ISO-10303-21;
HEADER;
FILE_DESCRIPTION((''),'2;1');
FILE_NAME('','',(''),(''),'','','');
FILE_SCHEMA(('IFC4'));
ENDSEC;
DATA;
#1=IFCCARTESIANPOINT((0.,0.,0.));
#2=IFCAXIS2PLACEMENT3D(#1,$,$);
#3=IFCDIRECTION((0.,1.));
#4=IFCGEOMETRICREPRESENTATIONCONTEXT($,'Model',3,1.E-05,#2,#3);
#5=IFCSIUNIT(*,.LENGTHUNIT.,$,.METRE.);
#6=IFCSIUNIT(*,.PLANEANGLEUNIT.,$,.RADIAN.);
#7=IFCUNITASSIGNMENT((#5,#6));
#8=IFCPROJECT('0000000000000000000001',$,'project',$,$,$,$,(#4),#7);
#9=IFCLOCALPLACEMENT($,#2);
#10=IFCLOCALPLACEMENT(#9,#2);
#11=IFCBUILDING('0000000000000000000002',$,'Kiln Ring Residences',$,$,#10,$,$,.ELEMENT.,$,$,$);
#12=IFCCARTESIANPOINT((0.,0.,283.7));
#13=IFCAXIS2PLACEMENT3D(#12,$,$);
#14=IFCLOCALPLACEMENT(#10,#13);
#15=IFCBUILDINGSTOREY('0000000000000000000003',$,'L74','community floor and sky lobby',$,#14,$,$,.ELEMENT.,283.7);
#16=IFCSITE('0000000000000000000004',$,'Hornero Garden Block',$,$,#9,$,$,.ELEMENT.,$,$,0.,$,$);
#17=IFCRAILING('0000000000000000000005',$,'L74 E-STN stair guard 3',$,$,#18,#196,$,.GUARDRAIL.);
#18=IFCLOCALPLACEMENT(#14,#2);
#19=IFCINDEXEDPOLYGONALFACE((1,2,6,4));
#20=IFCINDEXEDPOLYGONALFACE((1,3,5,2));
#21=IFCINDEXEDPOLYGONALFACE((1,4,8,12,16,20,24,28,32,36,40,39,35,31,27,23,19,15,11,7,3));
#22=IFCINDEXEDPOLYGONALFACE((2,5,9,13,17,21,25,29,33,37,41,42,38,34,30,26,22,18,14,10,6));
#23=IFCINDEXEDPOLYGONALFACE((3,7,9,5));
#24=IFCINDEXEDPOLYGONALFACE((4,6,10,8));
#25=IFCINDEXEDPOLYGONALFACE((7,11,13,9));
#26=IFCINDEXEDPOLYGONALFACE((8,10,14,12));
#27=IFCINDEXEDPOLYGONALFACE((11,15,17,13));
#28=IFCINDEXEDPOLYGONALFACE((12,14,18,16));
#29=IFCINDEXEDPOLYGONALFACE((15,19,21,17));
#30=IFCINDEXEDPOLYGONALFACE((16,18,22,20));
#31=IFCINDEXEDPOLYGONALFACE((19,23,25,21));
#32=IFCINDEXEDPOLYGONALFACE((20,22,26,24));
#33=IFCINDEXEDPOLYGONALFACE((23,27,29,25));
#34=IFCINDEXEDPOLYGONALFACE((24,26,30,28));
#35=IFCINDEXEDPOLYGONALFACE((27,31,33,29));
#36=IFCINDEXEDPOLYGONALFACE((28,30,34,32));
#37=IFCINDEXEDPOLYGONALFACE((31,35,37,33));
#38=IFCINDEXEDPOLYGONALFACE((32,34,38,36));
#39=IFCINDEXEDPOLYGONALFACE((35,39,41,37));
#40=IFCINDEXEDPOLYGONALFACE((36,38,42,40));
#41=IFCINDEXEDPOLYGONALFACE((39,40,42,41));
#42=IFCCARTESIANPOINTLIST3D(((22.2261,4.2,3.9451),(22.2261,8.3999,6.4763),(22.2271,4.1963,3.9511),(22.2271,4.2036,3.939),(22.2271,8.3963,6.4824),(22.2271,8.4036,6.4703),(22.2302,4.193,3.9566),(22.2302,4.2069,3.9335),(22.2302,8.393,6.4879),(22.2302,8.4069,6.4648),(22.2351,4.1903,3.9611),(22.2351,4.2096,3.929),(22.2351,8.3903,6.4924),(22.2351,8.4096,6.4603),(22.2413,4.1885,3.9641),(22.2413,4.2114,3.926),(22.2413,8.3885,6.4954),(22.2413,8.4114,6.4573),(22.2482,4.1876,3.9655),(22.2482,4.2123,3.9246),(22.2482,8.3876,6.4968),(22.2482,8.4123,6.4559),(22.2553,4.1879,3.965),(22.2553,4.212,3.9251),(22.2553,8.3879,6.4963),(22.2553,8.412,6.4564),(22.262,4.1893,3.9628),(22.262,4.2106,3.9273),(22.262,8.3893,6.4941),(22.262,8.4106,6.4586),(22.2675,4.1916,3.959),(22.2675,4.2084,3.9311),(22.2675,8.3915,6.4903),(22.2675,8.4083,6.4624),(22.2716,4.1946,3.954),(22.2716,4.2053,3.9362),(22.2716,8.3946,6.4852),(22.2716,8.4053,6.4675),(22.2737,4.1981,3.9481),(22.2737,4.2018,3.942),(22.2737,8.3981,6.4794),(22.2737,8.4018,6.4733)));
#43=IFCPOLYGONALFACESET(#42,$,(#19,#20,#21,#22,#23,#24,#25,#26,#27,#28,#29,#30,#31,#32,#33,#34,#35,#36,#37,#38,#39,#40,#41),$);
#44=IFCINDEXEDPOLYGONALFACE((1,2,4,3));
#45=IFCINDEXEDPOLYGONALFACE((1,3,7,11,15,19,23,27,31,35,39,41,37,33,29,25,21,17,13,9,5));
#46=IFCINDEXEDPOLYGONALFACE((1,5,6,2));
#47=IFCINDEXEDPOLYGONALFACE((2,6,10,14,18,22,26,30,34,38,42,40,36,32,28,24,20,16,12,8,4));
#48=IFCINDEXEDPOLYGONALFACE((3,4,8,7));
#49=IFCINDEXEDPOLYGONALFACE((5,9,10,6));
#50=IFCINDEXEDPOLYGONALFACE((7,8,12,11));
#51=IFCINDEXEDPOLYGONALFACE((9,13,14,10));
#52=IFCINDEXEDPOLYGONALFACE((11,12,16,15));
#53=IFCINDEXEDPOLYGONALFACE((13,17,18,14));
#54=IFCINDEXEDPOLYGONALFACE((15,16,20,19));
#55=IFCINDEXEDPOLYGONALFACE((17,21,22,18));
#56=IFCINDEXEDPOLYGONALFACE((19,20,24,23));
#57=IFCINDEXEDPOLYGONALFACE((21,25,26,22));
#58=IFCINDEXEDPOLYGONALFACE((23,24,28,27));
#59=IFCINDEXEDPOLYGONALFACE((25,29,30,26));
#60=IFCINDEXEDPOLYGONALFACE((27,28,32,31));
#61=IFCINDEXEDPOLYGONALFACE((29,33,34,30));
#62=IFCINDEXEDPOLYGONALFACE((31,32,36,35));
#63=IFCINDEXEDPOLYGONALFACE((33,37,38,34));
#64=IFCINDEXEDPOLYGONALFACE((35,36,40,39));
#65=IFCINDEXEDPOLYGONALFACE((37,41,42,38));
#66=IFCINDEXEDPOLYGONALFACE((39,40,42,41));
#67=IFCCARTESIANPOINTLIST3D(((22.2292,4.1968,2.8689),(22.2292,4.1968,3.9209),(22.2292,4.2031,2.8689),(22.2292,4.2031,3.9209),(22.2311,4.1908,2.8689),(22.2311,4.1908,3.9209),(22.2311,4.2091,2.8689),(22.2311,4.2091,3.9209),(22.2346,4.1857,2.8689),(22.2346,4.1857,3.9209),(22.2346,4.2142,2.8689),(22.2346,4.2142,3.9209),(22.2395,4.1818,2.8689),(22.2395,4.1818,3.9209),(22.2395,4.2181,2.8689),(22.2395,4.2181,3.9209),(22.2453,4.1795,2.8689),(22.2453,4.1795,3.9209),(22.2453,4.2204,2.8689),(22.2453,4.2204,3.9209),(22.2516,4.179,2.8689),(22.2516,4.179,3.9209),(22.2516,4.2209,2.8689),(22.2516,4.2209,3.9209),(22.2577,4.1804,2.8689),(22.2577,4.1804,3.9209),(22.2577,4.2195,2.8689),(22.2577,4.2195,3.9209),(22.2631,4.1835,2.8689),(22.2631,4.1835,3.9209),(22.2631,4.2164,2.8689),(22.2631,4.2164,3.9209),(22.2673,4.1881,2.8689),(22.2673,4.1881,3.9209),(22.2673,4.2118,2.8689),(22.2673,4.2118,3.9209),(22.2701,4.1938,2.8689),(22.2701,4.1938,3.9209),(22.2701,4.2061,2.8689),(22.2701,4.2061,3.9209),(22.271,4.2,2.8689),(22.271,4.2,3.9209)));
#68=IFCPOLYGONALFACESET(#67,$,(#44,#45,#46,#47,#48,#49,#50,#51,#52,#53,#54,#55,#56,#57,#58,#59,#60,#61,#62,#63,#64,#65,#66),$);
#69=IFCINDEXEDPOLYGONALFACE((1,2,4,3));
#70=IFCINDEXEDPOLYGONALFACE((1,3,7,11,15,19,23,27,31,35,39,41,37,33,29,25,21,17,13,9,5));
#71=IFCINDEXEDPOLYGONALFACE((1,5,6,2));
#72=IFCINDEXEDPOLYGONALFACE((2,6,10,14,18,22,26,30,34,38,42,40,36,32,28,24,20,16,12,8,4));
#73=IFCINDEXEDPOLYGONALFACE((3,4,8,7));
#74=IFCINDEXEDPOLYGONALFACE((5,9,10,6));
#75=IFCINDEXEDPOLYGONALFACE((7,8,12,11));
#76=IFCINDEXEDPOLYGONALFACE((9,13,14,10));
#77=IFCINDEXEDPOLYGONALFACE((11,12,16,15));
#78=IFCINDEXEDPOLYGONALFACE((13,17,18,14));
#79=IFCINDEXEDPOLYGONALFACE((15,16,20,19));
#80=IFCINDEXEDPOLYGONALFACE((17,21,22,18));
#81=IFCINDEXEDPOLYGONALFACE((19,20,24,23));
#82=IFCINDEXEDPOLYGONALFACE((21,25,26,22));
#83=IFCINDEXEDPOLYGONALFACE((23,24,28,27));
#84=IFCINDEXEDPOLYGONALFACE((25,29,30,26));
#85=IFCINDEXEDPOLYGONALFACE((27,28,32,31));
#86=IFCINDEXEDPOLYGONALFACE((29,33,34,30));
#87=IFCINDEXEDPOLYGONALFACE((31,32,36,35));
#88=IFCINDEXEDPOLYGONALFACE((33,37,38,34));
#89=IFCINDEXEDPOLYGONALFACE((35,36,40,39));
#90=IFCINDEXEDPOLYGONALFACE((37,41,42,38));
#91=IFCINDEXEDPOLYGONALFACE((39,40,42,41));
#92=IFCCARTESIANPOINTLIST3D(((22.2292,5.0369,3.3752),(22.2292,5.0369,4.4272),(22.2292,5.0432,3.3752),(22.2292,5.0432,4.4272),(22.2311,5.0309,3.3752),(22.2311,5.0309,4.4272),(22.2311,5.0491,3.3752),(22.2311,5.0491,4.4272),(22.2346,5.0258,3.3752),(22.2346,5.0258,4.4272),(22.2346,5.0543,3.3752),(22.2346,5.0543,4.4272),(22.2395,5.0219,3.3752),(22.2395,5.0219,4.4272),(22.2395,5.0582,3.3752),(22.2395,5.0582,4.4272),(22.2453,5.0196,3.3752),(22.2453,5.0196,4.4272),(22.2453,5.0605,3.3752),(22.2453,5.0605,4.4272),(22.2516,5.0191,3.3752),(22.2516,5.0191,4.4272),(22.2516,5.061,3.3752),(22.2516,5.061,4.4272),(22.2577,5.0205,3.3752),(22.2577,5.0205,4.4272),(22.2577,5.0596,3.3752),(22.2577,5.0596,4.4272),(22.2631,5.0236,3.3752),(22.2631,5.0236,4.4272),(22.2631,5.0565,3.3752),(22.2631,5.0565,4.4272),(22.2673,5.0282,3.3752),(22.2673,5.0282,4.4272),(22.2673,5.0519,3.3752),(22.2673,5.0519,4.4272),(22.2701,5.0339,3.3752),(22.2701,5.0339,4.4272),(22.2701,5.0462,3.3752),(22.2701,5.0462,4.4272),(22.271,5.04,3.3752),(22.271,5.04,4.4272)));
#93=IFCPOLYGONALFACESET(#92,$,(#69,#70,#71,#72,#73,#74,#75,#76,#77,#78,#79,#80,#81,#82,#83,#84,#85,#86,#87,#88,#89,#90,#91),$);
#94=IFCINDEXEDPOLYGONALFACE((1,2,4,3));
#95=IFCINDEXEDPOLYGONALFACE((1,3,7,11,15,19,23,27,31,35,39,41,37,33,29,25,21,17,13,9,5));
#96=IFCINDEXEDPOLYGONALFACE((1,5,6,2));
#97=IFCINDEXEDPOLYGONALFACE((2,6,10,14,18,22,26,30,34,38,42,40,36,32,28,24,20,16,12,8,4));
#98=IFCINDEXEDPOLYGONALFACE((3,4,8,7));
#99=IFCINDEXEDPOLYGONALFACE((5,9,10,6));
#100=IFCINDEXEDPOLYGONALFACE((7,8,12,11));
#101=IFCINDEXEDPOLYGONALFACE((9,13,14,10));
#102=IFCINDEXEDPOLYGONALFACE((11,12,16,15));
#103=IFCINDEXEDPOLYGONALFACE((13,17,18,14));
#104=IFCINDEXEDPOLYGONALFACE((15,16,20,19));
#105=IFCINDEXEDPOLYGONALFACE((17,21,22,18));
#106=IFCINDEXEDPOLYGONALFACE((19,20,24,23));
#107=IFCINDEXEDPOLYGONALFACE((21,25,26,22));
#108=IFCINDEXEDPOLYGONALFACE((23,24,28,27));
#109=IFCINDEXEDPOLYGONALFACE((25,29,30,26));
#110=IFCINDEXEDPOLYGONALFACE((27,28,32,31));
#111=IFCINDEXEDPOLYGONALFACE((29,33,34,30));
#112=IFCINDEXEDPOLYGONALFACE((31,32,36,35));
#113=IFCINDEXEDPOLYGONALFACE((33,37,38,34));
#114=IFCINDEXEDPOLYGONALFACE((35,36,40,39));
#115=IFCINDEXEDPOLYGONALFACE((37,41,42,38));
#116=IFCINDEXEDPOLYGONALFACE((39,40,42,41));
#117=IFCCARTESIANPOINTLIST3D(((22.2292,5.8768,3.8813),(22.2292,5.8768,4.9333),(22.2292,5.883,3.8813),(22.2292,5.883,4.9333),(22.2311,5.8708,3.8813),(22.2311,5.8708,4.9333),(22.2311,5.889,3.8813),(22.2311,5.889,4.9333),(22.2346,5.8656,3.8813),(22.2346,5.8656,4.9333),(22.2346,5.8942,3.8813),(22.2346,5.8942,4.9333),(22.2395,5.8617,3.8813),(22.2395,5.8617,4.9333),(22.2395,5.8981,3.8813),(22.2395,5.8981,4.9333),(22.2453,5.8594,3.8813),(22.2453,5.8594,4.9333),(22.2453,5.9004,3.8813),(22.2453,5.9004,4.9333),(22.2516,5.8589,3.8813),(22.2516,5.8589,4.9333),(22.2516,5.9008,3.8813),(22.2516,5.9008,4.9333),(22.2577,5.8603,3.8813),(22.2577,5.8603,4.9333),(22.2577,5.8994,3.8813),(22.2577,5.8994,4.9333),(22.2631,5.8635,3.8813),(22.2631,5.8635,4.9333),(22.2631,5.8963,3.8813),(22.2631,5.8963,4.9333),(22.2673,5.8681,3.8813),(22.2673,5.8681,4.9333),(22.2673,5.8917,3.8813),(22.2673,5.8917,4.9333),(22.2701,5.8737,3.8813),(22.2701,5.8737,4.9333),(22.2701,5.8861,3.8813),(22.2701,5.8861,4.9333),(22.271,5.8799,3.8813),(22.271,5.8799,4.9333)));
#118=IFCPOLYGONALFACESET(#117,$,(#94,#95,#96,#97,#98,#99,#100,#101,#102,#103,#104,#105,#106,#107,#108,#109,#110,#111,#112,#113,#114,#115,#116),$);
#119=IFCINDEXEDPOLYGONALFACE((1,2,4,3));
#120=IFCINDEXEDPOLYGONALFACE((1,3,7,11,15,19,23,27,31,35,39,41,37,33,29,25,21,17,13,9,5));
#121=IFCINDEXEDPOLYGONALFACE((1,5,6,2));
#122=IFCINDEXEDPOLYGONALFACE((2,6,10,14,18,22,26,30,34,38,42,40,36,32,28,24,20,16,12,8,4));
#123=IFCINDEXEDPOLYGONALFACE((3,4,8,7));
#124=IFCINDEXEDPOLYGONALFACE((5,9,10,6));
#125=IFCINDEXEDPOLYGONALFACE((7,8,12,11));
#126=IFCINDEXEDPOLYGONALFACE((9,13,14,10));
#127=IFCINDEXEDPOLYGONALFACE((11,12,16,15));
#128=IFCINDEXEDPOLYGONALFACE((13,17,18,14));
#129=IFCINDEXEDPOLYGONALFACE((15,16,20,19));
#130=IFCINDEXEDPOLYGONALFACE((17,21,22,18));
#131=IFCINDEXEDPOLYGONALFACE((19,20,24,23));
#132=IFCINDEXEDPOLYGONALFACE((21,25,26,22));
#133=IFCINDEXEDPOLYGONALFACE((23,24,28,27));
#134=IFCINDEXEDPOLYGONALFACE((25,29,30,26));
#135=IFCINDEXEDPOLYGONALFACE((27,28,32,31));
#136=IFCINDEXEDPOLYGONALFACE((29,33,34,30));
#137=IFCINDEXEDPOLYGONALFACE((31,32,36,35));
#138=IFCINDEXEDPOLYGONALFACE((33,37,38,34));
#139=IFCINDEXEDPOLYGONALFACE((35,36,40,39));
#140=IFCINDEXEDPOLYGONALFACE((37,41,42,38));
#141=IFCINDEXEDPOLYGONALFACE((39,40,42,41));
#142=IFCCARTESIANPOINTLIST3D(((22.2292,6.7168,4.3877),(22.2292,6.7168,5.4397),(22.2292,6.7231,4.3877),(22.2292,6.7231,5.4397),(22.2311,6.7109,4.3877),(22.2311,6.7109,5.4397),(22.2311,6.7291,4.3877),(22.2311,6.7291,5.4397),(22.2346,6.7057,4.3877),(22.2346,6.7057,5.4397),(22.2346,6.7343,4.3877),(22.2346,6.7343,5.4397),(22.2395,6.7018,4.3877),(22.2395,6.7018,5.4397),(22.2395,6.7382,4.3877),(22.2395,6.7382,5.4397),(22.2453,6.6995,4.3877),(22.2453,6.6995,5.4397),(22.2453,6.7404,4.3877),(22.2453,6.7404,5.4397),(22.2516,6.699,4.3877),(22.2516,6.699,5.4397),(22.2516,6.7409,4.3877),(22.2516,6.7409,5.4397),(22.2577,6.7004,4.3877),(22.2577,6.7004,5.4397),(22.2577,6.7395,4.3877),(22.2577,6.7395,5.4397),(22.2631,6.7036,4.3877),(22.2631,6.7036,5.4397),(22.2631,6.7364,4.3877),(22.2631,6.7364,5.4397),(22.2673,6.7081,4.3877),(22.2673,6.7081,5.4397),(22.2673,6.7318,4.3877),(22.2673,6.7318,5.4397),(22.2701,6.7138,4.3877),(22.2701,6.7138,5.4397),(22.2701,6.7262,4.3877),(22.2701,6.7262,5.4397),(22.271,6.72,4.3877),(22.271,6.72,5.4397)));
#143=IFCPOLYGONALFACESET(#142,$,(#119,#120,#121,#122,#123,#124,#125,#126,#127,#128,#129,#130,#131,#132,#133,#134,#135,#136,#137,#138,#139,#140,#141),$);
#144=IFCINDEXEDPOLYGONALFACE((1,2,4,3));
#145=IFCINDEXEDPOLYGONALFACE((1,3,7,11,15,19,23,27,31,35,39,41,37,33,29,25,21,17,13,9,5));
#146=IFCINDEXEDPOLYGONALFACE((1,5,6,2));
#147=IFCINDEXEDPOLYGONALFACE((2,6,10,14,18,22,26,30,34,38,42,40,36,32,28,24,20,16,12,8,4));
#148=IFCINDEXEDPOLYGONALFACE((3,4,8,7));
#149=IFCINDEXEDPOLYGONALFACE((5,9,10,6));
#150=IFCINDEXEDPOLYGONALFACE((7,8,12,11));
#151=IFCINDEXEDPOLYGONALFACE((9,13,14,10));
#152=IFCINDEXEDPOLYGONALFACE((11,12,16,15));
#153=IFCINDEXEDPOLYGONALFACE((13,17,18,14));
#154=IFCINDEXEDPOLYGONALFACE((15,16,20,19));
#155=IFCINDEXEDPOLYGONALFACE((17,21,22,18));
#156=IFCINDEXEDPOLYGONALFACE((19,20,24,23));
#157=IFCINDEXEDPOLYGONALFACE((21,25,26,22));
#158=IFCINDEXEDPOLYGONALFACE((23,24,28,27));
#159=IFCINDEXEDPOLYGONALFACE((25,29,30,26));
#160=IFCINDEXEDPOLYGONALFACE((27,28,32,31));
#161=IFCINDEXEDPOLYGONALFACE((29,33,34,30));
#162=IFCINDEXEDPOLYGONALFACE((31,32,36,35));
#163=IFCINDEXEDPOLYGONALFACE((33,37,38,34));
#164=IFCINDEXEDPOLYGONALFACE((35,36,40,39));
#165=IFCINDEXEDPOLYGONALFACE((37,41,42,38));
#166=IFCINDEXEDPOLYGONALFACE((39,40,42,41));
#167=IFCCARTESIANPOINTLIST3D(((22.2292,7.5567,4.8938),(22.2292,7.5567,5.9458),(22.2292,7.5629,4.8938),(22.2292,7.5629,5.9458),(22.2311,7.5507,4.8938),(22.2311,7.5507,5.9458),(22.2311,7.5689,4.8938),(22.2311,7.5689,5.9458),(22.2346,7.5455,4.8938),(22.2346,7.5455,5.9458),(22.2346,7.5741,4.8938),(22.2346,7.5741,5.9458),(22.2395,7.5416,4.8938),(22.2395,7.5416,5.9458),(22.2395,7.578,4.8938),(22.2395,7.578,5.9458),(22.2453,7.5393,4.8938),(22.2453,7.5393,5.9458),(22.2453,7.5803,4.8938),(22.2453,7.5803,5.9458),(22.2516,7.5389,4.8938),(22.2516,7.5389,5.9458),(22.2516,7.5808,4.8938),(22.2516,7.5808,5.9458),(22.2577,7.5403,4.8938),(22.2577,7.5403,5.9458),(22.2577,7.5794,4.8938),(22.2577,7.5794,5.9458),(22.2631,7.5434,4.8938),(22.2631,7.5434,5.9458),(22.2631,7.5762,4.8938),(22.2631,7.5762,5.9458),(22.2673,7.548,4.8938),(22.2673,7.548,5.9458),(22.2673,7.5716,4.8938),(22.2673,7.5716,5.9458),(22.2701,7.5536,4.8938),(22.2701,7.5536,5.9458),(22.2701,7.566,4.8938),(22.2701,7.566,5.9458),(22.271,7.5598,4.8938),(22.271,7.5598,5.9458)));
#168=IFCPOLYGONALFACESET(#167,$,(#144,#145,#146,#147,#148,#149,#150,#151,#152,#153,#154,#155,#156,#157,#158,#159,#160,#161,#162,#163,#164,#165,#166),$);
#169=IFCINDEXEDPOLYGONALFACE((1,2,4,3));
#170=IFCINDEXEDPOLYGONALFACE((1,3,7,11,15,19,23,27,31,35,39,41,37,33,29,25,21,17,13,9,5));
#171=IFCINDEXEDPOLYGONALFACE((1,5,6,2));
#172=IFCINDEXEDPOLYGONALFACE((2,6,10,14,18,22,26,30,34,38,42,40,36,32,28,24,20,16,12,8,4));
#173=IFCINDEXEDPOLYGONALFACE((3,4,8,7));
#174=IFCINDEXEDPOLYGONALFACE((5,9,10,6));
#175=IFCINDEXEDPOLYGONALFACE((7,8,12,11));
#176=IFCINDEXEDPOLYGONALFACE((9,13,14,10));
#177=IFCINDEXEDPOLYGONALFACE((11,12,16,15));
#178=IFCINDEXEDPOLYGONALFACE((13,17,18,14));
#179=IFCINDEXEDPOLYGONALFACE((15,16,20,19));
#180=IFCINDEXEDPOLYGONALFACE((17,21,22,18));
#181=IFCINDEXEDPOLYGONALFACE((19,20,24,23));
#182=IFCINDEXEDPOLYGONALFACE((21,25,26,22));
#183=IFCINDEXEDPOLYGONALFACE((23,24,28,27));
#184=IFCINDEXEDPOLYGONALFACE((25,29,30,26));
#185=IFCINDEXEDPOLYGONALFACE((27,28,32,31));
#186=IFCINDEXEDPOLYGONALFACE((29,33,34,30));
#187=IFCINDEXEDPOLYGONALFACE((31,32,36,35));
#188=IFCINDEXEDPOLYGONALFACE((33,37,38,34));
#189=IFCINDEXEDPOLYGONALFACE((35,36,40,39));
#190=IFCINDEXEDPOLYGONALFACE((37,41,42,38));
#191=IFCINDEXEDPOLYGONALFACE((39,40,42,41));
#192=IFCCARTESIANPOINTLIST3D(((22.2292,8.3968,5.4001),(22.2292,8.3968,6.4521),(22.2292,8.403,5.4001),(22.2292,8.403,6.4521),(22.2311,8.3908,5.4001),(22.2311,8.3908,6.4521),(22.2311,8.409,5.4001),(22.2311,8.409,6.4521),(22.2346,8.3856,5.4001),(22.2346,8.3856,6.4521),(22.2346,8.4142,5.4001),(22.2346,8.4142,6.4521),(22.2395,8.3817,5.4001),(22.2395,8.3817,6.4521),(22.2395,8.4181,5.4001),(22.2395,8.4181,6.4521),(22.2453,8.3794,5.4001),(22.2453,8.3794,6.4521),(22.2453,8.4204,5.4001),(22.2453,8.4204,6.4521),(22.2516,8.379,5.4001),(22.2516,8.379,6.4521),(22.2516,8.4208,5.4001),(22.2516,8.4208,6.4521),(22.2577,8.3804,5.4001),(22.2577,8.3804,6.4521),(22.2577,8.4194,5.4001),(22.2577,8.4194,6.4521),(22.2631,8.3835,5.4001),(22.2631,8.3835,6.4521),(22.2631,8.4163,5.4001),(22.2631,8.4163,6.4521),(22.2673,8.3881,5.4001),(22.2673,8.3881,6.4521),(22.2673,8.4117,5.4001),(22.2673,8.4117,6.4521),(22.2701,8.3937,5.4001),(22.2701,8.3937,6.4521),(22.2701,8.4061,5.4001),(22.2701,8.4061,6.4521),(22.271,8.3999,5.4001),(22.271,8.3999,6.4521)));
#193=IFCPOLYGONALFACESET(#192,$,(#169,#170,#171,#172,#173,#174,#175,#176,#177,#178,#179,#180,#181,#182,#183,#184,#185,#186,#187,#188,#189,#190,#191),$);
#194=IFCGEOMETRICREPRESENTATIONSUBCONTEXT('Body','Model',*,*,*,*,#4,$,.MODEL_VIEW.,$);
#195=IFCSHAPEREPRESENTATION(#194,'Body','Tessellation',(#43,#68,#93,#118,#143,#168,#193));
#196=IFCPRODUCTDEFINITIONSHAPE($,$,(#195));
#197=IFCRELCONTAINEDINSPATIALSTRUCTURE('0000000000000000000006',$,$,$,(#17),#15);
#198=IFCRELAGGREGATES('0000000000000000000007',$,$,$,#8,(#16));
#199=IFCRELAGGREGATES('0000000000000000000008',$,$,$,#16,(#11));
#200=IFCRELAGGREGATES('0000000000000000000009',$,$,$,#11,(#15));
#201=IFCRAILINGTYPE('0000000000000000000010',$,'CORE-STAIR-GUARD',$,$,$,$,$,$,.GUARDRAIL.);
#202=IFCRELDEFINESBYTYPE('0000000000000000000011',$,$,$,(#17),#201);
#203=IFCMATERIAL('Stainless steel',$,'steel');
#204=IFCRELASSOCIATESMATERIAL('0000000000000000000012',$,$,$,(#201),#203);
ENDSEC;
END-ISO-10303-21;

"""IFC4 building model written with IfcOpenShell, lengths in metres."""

from ifc_helpers import new_model, si_unit, direction, frame, origin, origin_2d, place, context, subcontext, project, spatial, circle, extrude, material, type_object, element, save


model = new_model("IFC4")

# Units and contexts
model_context = context("Model", 3, precision=1e-05, world=origin(), true_north=direction((0.0, 1.0)))
body_context = subcontext(model_context, "Body", "Model", "MODEL_VIEW")
ifc_project = project(units=[si_unit("LENGTHUNIT", "METRE"), si_unit("PLANEANGLEUNIT", "RADIAN")], contexts=[model_context])

# Site, building, storey
site_placement = place(None, origin())
site = spatial("IfcSite", under=ifc_project, at=site_placement, Name="Hornero Garden Block", CompositionType="ELEMENT", RefElevation=0.0)
building_placement = place(site_placement, origin())
building = spatial("IfcBuilding", under=site, at=building_placement, Name="Kiln Ring Residences", CompositionType="ELEMENT")
storey_placement = place(building_placement, frame((0.0, 0.0, 283.7)))
storey = spatial("IfcBuildingStorey", under=building, at=storey_placement, Name="L74", Description="community floor and sky lobby", CompositionType="ELEMENT", Elevation=283.7)

# Railing
ifc_material_1 = material(Name="Stainless steel", Category="steel")
railing_type_1 = type_object("IfcRailingType", Name="CORE-STAIR-GUARD", PredefinedType="GUARDRAIL", material=ifc_material_1)
railing_1_placement = place(storey_placement, frame((22.25, 4.2, 2.8689)))
element("IfcRailing", 1, at=railing_1_placement, inside=storey, type_object=railing_type_1, Name="L74 E-STN stair guard 3", PredefinedType="GUARDRAIL", context=body_context, shape_type="SweptSolid", body=[
    extrude(circle(Radius=0.0239, at=origin_2d()), frame((0.0, 0.0, 1.0762), z_axis=(0.0, 0.856476, 0.516186), x_axis=(-1.0, 0.0, 0.0)), (0.0, 0.0, 1.0), 4.9038),
    extrude(circle(Radius=0.021, at=origin_2d()), origin(), (0.0, 0.0, 1.0), 1.052),
    extrude(circle(Radius=0.021, at=origin_2d()), frame((0.0, 0.8401, 0.5063)), (0.0, 0.0, 1.0), 1.052),
    extrude(circle(Radius=0.021, at=origin_2d()), frame((0.0, 1.6799, 1.0125)), (0.0, 0.0, 1.0), 1.052),
    extrude(circle(Radius=0.021, at=origin_2d()), frame((0.0, 2.52, 1.5188)), (0.0, 0.0, 1.0), 1.052),
    extrude(circle(Radius=0.021, at=origin_2d()), frame((0.0, 3.3599, 2.0249)), (0.0, 0.0, 1.0), 1.052),
    extrude(circle(Radius=0.021, at=origin_2d()), frame((0.0, 4.2, 2.5312)), (0.0, 0.0, 1.0), 1.052),
])

save(model, "model.ifc")
